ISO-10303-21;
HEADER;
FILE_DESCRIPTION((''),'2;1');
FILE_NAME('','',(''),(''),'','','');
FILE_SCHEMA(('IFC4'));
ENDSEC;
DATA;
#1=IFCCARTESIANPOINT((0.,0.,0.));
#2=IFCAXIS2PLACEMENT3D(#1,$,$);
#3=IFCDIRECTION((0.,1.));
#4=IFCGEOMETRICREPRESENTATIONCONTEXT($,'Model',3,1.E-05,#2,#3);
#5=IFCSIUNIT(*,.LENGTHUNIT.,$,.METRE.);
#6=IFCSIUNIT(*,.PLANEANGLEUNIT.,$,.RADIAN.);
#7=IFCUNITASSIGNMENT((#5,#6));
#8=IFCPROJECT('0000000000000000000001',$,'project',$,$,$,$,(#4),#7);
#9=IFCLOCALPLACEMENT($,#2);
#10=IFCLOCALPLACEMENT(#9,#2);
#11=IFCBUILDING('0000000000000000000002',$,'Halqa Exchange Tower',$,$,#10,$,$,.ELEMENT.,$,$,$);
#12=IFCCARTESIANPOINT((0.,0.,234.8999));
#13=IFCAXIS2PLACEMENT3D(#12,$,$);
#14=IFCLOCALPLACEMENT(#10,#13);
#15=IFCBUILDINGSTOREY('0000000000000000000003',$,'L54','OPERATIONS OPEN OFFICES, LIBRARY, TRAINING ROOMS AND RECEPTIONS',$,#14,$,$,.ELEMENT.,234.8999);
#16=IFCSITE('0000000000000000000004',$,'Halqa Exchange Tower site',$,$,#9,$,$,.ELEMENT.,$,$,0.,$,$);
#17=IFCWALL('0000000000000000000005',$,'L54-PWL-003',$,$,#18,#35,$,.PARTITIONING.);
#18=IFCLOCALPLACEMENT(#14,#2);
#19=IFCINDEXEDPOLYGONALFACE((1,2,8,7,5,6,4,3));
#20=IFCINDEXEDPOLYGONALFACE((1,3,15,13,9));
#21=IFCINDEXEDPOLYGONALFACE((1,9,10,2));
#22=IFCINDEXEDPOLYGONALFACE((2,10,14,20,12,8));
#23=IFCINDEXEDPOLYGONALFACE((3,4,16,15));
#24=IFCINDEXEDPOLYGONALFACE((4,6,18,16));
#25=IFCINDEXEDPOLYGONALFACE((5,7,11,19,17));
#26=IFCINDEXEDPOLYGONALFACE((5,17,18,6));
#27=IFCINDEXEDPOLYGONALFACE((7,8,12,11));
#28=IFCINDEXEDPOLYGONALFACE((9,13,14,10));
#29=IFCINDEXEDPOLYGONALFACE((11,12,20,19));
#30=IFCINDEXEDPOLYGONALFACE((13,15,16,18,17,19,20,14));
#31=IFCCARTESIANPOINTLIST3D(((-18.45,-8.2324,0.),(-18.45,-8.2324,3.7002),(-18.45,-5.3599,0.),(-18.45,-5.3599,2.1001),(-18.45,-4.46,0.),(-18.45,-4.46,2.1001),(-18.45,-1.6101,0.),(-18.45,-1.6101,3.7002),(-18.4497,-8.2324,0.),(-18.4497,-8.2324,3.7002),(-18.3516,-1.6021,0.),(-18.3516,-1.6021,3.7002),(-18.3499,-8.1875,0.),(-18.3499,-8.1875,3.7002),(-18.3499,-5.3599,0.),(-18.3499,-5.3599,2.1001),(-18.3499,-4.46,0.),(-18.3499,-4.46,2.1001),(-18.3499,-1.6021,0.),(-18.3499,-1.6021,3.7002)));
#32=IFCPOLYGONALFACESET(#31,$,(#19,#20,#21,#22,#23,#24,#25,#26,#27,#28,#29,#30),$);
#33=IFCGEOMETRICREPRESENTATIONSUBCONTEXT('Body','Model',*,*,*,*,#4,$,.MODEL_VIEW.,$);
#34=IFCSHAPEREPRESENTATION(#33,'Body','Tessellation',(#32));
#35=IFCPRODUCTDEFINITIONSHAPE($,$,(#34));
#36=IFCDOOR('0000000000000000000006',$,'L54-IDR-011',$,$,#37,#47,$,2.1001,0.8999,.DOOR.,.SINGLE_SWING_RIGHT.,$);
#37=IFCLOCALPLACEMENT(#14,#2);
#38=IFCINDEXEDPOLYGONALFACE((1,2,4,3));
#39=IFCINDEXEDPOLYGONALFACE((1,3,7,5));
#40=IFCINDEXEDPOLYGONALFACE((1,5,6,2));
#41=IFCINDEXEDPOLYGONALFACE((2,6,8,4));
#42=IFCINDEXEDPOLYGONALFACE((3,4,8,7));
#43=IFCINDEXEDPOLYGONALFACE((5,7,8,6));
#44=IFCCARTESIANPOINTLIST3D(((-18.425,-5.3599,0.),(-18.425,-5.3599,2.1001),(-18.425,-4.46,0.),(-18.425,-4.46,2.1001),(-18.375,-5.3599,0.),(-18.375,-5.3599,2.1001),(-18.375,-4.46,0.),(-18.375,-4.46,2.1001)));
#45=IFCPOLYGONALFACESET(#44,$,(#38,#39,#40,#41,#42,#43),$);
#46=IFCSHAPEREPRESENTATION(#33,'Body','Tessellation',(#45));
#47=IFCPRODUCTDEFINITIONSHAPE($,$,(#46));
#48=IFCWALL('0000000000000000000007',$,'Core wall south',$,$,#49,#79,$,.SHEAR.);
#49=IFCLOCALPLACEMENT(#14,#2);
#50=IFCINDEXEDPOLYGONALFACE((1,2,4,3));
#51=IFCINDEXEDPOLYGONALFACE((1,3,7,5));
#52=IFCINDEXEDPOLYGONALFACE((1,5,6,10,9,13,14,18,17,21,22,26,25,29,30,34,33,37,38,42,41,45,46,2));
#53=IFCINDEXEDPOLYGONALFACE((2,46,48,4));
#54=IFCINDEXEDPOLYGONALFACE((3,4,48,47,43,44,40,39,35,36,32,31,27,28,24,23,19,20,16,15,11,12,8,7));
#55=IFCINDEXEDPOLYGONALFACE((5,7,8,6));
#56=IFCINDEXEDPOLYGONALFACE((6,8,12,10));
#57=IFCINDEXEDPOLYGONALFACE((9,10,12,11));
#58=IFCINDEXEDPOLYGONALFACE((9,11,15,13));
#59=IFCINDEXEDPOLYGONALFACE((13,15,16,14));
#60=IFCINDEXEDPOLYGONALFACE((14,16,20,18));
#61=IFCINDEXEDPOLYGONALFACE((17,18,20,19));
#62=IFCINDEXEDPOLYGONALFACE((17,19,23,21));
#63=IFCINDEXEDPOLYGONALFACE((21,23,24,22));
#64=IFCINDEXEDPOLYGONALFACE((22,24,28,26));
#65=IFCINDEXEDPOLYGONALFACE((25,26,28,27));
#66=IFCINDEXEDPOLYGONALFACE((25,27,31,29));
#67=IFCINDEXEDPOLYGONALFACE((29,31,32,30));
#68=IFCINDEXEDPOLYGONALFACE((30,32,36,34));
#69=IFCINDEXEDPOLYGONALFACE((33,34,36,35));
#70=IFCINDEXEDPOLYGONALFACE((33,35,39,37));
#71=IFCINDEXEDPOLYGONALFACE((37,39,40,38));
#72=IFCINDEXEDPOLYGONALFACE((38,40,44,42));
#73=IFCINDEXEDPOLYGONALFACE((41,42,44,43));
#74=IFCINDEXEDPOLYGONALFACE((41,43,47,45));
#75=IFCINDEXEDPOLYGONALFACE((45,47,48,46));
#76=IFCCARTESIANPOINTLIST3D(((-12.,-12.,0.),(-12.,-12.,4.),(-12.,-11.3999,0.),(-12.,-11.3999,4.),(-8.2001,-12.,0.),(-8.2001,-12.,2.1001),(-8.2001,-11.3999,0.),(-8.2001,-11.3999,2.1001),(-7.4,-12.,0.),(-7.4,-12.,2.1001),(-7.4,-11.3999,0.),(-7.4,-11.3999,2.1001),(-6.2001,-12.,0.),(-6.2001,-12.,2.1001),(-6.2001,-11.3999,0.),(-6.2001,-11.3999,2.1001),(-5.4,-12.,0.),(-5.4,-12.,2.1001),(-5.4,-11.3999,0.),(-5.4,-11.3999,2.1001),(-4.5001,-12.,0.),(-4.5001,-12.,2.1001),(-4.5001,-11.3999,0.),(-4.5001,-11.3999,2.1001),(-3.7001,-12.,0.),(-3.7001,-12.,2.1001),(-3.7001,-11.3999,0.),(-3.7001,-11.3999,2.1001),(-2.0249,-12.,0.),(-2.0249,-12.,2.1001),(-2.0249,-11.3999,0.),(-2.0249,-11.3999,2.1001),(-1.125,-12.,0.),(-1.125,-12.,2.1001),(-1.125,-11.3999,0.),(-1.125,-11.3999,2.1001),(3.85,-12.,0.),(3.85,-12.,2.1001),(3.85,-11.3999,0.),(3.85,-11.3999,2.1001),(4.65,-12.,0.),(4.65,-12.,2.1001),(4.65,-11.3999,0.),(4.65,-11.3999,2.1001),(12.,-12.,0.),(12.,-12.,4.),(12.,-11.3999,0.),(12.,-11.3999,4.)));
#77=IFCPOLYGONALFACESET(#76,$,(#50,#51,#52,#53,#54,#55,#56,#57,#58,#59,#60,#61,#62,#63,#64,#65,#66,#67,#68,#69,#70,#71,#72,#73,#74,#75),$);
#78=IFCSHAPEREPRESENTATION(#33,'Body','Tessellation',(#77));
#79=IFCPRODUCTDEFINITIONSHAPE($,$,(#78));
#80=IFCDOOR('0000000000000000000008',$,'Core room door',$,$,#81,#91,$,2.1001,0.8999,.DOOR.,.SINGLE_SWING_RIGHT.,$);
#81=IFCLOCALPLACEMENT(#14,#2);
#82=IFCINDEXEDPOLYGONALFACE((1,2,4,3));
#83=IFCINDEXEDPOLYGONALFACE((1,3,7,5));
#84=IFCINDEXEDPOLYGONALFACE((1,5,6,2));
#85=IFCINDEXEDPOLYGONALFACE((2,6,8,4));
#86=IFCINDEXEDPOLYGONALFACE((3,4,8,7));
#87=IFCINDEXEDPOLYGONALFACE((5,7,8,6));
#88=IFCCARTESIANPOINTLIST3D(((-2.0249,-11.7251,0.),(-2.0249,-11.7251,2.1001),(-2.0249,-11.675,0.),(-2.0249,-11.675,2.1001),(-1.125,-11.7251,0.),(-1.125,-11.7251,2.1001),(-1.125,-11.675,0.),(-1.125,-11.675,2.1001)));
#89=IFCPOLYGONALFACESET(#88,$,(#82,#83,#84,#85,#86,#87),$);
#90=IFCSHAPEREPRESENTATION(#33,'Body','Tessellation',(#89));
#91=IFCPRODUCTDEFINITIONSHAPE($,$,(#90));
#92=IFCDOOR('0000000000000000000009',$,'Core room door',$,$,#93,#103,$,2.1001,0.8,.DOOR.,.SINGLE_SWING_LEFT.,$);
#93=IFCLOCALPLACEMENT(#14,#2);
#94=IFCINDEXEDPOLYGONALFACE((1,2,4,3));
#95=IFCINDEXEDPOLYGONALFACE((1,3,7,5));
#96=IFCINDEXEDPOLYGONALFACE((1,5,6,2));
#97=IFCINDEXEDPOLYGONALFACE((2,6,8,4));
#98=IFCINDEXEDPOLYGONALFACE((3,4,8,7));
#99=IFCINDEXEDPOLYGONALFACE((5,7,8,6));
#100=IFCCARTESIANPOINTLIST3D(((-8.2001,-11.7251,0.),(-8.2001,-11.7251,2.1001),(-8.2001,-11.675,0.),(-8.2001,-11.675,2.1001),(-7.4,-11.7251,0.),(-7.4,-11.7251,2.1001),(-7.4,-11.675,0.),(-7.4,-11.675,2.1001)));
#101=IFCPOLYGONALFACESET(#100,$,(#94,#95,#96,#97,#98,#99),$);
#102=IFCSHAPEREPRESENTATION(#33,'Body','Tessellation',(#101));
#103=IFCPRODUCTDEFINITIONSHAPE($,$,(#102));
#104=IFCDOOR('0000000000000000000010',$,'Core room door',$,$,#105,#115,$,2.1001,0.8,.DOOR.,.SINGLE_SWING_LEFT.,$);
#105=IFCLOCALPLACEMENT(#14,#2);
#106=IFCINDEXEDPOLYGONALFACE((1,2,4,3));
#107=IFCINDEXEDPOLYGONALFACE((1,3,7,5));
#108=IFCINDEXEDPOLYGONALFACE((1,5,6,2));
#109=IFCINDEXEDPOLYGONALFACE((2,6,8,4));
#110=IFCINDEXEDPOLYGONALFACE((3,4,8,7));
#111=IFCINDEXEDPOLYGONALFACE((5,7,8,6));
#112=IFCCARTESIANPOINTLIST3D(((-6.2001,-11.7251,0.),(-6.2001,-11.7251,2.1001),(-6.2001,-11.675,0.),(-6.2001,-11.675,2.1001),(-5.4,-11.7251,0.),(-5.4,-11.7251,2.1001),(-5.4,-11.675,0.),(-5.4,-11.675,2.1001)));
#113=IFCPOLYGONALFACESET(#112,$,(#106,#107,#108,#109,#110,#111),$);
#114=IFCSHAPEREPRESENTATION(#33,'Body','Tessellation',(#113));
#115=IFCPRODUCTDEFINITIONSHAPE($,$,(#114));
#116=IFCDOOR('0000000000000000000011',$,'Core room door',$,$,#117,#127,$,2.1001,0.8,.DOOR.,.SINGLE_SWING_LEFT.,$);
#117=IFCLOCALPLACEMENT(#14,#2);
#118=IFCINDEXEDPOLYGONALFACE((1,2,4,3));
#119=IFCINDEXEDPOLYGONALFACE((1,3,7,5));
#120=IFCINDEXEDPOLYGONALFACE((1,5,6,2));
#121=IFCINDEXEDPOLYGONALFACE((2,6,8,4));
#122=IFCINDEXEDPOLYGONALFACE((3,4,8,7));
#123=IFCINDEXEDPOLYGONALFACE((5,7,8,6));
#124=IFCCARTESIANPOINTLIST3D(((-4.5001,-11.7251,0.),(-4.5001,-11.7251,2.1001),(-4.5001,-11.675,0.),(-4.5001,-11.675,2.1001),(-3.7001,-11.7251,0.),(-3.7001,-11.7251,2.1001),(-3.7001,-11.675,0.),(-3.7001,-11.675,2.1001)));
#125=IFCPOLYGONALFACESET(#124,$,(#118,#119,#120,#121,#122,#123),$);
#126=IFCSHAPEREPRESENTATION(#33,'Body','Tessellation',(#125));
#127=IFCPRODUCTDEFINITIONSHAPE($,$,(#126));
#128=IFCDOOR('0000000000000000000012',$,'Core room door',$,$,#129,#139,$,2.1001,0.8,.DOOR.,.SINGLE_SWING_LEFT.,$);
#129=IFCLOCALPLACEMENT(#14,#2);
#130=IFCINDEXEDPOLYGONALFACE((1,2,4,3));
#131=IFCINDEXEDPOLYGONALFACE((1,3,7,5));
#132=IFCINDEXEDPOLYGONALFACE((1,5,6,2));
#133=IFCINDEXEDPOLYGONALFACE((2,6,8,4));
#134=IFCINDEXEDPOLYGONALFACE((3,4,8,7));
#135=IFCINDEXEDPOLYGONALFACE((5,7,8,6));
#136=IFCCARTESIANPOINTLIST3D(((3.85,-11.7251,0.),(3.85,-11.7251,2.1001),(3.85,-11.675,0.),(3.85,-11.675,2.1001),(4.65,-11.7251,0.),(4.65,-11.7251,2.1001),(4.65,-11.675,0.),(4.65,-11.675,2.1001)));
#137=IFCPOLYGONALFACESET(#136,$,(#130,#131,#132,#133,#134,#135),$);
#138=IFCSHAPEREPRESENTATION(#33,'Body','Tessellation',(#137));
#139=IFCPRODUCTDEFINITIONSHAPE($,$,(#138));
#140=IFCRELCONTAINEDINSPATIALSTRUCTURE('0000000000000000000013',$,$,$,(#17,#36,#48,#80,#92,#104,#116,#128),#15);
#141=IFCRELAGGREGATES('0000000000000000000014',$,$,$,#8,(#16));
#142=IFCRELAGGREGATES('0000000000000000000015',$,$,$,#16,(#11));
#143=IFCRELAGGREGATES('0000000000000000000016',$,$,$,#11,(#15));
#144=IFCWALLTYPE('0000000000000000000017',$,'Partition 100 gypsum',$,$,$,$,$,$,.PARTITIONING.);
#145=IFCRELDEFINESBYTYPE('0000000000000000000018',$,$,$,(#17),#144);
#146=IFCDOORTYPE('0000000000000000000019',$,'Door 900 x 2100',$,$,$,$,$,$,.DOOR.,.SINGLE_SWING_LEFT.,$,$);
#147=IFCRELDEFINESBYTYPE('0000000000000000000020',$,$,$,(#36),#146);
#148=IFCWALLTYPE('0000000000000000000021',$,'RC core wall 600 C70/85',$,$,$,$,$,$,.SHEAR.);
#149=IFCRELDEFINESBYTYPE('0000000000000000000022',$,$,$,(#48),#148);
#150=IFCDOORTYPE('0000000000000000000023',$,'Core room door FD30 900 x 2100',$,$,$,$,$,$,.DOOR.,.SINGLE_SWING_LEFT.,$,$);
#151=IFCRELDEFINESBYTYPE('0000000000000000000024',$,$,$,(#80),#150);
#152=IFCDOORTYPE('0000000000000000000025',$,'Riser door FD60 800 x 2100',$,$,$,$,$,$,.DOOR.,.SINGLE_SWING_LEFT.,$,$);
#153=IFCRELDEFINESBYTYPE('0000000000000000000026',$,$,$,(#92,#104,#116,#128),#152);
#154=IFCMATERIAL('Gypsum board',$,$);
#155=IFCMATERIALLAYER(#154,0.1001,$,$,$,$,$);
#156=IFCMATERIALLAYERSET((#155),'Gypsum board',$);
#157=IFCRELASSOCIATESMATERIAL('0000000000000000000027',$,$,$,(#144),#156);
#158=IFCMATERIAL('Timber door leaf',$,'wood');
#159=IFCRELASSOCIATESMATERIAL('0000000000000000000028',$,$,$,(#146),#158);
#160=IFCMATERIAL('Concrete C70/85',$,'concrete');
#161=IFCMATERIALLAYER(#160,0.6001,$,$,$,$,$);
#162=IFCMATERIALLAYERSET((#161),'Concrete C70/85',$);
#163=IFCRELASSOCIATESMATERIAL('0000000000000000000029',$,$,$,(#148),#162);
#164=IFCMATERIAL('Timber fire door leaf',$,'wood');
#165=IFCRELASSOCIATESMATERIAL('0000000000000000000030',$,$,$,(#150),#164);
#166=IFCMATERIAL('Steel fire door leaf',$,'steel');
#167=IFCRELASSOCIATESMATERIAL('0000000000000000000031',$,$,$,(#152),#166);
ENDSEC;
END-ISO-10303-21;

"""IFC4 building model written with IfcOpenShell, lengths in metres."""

from ifc_helpers import new_model, si_unit, direction, frame, frame_2d, origin, place, context, subcontext, project, spatial, polyline, rectangle, outline, extrude, material, layer, layer_set, type_object, element, fill, save


model = new_model("IFC4")

# Units and contexts
model_context = context("Model", 3, precision=1e-05, world=origin(), true_north=direction((0.0, 1.0)))
body_context = subcontext(model_context, "Body", "Model", "MODEL_VIEW")
ifc_project = project(units=[si_unit("LENGTHUNIT", "METRE"), si_unit("PLANEANGLEUNIT", "RADIAN")], contexts=[model_context])

# Site, building, storey
site_placement = place(None, origin())
site = spatial("IfcSite", under=ifc_project, at=site_placement, Name="Halqa Exchange Tower site", CompositionType="ELEMENT", RefElevation=0.0)
building_placement = place(site_placement, origin())
building = spatial("IfcBuilding", under=site, at=building_placement, Name="Halqa Exchange Tower", CompositionType="ELEMENT")
storey_placement = place(building_placement, frame((0.0, 0.0, 234.8999)))
storey = spatial("IfcBuildingStorey", under=building, at=storey_placement, Name="L54", Description="OPERATIONS OPEN OFFICES, LIBRARY, TRAINING ROOMS AND RECEPTIONS", CompositionType="ELEMENT", Elevation=234.8999)

# Shared definitions
ifc_material_1 = material(Name="Steel fire door leaf", Category="steel")

# Wall, opening, door
ifc_material_2 = material(Name="Gypsum board")
ifc_layer_1 = layer(ifc_material_2, 0.1001)
ifc_layer_set_1 = layer_set([ifc_layer_1], Name="Gypsum board")
wall_type_1 = type_object("IfcWallType", Name="Partition 100 gypsum", PredefinedType="PARTITIONING", material=ifc_layer_set_1)
wall_1_placement = place(storey_placement, frame((-18.3999, -8.2324, 0.0), z_axis=(0.0, 0.0, 1.0), x_axis=(0.0, 1.0, 0.0)))
wall_1 = element("IfcWall", 1, at=wall_1_placement, inside=storey, type_object=wall_type_1, Name="L54-PWL-003", PredefinedType="PARTITIONING", context=body_context, shape_type="SweptSolid", body=[
    extrude(outline(polyline([(6.6304, -0.05), (6.6304, -0.0483), (6.6223, 0.05), (4.9668, 0.05), (3.311, 0.05), (1.6555, 0.05), (0.0, 0.05), (0.0, 0.0498), (0.0449, -0.05), (1.6914, -0.05), (3.3376, -0.05), (4.9841, -0.05), (6.6304, -0.05)])), origin(), (0.0, 0.0, 1.0), 3.7002),
])
opening_1_placement = place(wall_1_placement, frame((2.8726, 0.0, 0.0)))
opening_1 = element("IfcOpeningElement", 2, at=opening_1_placement, cuts=wall_1, PredefinedType="OPENING", context=body_context, shape_type="SweptSolid", body=[
    extrude(rectangle(XDim=0.8999, YDim=2.1001, at=frame_2d((0.45, 1.05))), frame((0.0, 0.062, 0.0), z_axis=(0.0, -1.0, 0.0), x_axis=(1.0, 0.0, 0.0)), (0.0, 0.0, 1.0), 0.124),
])
ifc_material_3 = material(Name="Timber door leaf", Category="wood")
door_type_1 = type_object("IfcDoorType", Name="Door 900 x 2100", OperationType="SINGLE_SWING_LEFT", PredefinedType="DOOR", material=ifc_material_3)
door_1_placement = place(opening_1_placement, frame((0.8999, 0.0, 0.0), z_axis=(0.0, 0.0, 1.0), x_axis=(-1.0, 0.0, 0.0)))
door_1 = element("IfcDoor", 3, at=door_1_placement, inside=storey, type_object=door_type_1, Name="L54-IDR-011", OperationType="SINGLE_SWING_RIGHT", OverallHeight=2.1001, OverallWidth=0.8999, PredefinedType="DOOR", context=body_context, shape_type="SweptSolid", body=[
    extrude(rectangle(XDim=0.8999, YDim=2.1001, at=frame_2d((0.45, 1.05))), frame((0.0, 0.0249, 0.0), z_axis=(0.0, -1.0, 0.0), x_axis=(1.0, 0.0, 0.0)), (0.0, 0.0, 1.0), 0.05),
])
fill(opening_1, door_1)

# Wall, openings, doors
ifc_material_4 = material(Name="Concrete C70/85", Category="concrete")
ifc_layer_2 = layer(ifc_material_4, 0.6001)
ifc_layer_set_2 = layer_set([ifc_layer_2], Name="Concrete C70/85")
wall_type_2 = type_object("IfcWallType", Name="RC core wall 600 C70/85", PredefinedType="SHEAR", material=ifc_layer_set_2)
wall_2_placement = place(storey_placement, frame((-12.0, -11.7, 0.0), z_axis=(0.0, 0.0, 1.0), x_axis=(1.0, 0.0, 0.0)))
wall_2 = element("IfcWall", 4, at=wall_2_placement, inside=storey, type_object=wall_type_2, Name="Core wall south", PredefinedType="SHEAR", context=body_context, shape_type="SweptSolid", body=[
    extrude(rectangle(XDim=24.0, YDim=0.6001, at=frame_2d((12.0, 0.0))), origin(), (0.0, 0.0, 1.0), 4.0),
])
opening_2_placement = place(wall_2_placement, frame((9.9751, 0.0, 0.0)))
opening_2 = element("IfcOpeningElement", 5, at=opening_2_placement, cuts=wall_2, PredefinedType="OPENING", context=body_context, shape_type="SweptSolid", body=[
    extrude(rectangle(XDim=0.8999, YDim=2.1001, at=frame_2d((0.45, 1.05))), frame((0.0, 0.312, 0.0), z_axis=(0.0, -1.0, 0.0), x_axis=(1.0, 0.0, 0.0)), (0.0, 0.0, 1.0), 0.624),
])
opening_3_placement = place(wall_2_placement, frame((3.8, 0.0, 0.0)))
opening_3 = element("IfcOpeningElement", 6, at=opening_3_placement, cuts=wall_2, PredefinedType="OPENING", context=body_context, shape_type="SweptSolid", body=[
    extrude(rectangle(XDim=0.8, YDim=2.1001, at=frame_2d((0.3999, 1.05))), frame((0.0, 0.312, 0.0), z_axis=(0.0, -1.0, 0.0), x_axis=(1.0, 0.0, 0.0)), (0.0, 0.0, 1.0), 0.624),
])
opening_4_placement = place(wall_2_placement, frame((5.8, 0.0, 0.0)))
opening_4 = element("IfcOpeningElement", 7, at=opening_4_placement, cuts=wall_2, PredefinedType="OPENING", context=body_context, shape_type="SweptSolid", body=[
    extrude(rectangle(XDim=0.8, YDim=2.1001, at=frame_2d((0.3999, 1.05))), frame((0.0, 0.312, 0.0), z_axis=(0.0, -1.0, 0.0), x_axis=(1.0, 0.0, 0.0)), (0.0, 0.0, 1.0), 0.624),
])
opening_5_placement = place(wall_2_placement, frame((7.5, 0.0, 0.0)))
opening_5 = element("IfcOpeningElement", 8, at=opening_5_placement, cuts=wall_2, PredefinedType="OPENING", context=body_context, shape_type="SweptSolid", body=[
    extrude(rectangle(XDim=0.8, YDim=2.1001, at=frame_2d((0.3999, 1.05))), frame((0.0, 0.312, 0.0), z_axis=(0.0, -1.0, 0.0), x_axis=(1.0, 0.0, 0.0)), (0.0, 0.0, 1.0), 0.624),
])
opening_6_placement = place(wall_2_placement, frame((15.8501, 0.0, 0.0)))
opening_6 = element("IfcOpeningElement", 9, at=opening_6_placement, cuts=wall_2, PredefinedType="OPENING", context=body_context, shape_type="SweptSolid", body=[
    extrude(rectangle(XDim=0.8, YDim=2.1001, at=frame_2d((0.3999, 1.05))), frame((0.0, 0.312, 0.0), z_axis=(0.0, -1.0, 0.0), x_axis=(1.0, 0.0, 0.0)), (0.0, 0.0, 1.0), 0.624),
])
ifc_material_5 = material(Name="Timber fire door leaf", Category="wood")
door_type_2 = type_object("IfcDoorType", Name="Core room door FD30 900 x 2100", OperationType="SINGLE_SWING_LEFT", PredefinedType="DOOR", material=ifc_material_5)
door_2_placement = place(opening_2_placement, origin())
door_2 = element("IfcDoor", 10, at=door_2_placement, inside=storey, type_object=door_type_2, Name="Core room door", OperationType="SINGLE_SWING_RIGHT", OverallHeight=2.1001, OverallWidth=0.8999, PredefinedType="DOOR", context=body_context, shape_type="SweptSolid", body=[
    extrude(rectangle(XDim=0.8999, YDim=2.1001, at=frame_2d((0.45, 1.05))), frame((0.0, 0.0249, 0.0), z_axis=(0.0, -1.0, 0.0), x_axis=(1.0, 0.0, 0.0)), (0.0, 0.0, 1.0), 0.05),
])
fill(opening_2, door_2)
door_type_3 = type_object("IfcDoorType", Name="Riser door FD60 800 x 2100", OperationType="SINGLE_SWING_LEFT", PredefinedType="DOOR", material=ifc_material_1)
door_3_placement = place(opening_3_placement, origin())
door_3 = element("IfcDoor", 11, at=door_3_placement, inside=storey, type_object=door_type_3, Name="Core room door", OperationType="SINGLE_SWING_LEFT", OverallHeight=2.1001, OverallWidth=0.8, PredefinedType="DOOR", context=body_context, shape_type="SweptSolid", body=[
    extrude(rectangle(XDim=0.8, YDim=2.1001, at=frame_2d((0.3999, 1.05))), frame((0.0, 0.0249, 0.0), z_axis=(0.0, -1.0, 0.0), x_axis=(1.0, 0.0, 0.0)), (0.0, 0.0, 1.0), 0.05),
])
fill(opening_3, door_3)
door_4_placement = place(opening_4_placement, origin())
door_4 = element("IfcDoor", 12, at=door_4_placement, inside=storey, type_object=door_type_3, Name="Core room door", OperationType="SINGLE_SWING_LEFT", OverallHeight=2.1001, OverallWidth=0.8, PredefinedType="DOOR", context=body_context, shape_type="SweptSolid", body=[
    extrude(rectangle(XDim=0.8, YDim=2.1001, at=frame_2d((0.3999, 1.05))), frame((0.0, 0.0249, 0.0), z_axis=(0.0, -1.0, 0.0), x_axis=(1.0, 0.0, 0.0)), (0.0, 0.0, 1.0), 0.05),
])
fill(opening_4, door_4)
door_5_placement = place(opening_5_placement, origin())
door_5 = element("IfcDoor", 13, at=door_5_placement, inside=storey, type_object=door_type_3, Name="Core room door", OperationType="SINGLE_SWING_LEFT", OverallHeight=2.1001, OverallWidth=0.8, PredefinedType="DOOR", context=body_context, shape_type="SweptSolid", body=[
    extrude(rectangle(XDim=0.8, YDim=2.1001, at=frame_2d((0.3999, 1.05))), frame((0.0, 0.0249, 0.0), z_axis=(0.0, -1.0, 0.0), x_axis=(1.0, 0.0, 0.0)), (0.0, 0.0, 1.0), 0.05),
])
fill(opening_5, door_5)
door_6_placement = place(opening_6_placement, origin())
door_6 = element("IfcDoor", 14, at=door_6_placement, inside=storey, type_object=door_type_3, Name="Core room door", OperationType="SINGLE_SWING_LEFT", OverallHeight=2.1001, OverallWidth=0.8, PredefinedType="DOOR", context=body_context, shape_type="SweptSolid", body=[
    extrude(rectangle(XDim=0.8, YDim=2.1001, at=frame_2d((0.3999, 1.05))), frame((0.0, 0.0249, 0.0), z_axis=(0.0, -1.0, 0.0), x_axis=(1.0, 0.0, 0.0)), (0.0, 0.0, 1.0), 0.05),
])
fill(opening_6, door_6)

save(model, "model.ifc")
